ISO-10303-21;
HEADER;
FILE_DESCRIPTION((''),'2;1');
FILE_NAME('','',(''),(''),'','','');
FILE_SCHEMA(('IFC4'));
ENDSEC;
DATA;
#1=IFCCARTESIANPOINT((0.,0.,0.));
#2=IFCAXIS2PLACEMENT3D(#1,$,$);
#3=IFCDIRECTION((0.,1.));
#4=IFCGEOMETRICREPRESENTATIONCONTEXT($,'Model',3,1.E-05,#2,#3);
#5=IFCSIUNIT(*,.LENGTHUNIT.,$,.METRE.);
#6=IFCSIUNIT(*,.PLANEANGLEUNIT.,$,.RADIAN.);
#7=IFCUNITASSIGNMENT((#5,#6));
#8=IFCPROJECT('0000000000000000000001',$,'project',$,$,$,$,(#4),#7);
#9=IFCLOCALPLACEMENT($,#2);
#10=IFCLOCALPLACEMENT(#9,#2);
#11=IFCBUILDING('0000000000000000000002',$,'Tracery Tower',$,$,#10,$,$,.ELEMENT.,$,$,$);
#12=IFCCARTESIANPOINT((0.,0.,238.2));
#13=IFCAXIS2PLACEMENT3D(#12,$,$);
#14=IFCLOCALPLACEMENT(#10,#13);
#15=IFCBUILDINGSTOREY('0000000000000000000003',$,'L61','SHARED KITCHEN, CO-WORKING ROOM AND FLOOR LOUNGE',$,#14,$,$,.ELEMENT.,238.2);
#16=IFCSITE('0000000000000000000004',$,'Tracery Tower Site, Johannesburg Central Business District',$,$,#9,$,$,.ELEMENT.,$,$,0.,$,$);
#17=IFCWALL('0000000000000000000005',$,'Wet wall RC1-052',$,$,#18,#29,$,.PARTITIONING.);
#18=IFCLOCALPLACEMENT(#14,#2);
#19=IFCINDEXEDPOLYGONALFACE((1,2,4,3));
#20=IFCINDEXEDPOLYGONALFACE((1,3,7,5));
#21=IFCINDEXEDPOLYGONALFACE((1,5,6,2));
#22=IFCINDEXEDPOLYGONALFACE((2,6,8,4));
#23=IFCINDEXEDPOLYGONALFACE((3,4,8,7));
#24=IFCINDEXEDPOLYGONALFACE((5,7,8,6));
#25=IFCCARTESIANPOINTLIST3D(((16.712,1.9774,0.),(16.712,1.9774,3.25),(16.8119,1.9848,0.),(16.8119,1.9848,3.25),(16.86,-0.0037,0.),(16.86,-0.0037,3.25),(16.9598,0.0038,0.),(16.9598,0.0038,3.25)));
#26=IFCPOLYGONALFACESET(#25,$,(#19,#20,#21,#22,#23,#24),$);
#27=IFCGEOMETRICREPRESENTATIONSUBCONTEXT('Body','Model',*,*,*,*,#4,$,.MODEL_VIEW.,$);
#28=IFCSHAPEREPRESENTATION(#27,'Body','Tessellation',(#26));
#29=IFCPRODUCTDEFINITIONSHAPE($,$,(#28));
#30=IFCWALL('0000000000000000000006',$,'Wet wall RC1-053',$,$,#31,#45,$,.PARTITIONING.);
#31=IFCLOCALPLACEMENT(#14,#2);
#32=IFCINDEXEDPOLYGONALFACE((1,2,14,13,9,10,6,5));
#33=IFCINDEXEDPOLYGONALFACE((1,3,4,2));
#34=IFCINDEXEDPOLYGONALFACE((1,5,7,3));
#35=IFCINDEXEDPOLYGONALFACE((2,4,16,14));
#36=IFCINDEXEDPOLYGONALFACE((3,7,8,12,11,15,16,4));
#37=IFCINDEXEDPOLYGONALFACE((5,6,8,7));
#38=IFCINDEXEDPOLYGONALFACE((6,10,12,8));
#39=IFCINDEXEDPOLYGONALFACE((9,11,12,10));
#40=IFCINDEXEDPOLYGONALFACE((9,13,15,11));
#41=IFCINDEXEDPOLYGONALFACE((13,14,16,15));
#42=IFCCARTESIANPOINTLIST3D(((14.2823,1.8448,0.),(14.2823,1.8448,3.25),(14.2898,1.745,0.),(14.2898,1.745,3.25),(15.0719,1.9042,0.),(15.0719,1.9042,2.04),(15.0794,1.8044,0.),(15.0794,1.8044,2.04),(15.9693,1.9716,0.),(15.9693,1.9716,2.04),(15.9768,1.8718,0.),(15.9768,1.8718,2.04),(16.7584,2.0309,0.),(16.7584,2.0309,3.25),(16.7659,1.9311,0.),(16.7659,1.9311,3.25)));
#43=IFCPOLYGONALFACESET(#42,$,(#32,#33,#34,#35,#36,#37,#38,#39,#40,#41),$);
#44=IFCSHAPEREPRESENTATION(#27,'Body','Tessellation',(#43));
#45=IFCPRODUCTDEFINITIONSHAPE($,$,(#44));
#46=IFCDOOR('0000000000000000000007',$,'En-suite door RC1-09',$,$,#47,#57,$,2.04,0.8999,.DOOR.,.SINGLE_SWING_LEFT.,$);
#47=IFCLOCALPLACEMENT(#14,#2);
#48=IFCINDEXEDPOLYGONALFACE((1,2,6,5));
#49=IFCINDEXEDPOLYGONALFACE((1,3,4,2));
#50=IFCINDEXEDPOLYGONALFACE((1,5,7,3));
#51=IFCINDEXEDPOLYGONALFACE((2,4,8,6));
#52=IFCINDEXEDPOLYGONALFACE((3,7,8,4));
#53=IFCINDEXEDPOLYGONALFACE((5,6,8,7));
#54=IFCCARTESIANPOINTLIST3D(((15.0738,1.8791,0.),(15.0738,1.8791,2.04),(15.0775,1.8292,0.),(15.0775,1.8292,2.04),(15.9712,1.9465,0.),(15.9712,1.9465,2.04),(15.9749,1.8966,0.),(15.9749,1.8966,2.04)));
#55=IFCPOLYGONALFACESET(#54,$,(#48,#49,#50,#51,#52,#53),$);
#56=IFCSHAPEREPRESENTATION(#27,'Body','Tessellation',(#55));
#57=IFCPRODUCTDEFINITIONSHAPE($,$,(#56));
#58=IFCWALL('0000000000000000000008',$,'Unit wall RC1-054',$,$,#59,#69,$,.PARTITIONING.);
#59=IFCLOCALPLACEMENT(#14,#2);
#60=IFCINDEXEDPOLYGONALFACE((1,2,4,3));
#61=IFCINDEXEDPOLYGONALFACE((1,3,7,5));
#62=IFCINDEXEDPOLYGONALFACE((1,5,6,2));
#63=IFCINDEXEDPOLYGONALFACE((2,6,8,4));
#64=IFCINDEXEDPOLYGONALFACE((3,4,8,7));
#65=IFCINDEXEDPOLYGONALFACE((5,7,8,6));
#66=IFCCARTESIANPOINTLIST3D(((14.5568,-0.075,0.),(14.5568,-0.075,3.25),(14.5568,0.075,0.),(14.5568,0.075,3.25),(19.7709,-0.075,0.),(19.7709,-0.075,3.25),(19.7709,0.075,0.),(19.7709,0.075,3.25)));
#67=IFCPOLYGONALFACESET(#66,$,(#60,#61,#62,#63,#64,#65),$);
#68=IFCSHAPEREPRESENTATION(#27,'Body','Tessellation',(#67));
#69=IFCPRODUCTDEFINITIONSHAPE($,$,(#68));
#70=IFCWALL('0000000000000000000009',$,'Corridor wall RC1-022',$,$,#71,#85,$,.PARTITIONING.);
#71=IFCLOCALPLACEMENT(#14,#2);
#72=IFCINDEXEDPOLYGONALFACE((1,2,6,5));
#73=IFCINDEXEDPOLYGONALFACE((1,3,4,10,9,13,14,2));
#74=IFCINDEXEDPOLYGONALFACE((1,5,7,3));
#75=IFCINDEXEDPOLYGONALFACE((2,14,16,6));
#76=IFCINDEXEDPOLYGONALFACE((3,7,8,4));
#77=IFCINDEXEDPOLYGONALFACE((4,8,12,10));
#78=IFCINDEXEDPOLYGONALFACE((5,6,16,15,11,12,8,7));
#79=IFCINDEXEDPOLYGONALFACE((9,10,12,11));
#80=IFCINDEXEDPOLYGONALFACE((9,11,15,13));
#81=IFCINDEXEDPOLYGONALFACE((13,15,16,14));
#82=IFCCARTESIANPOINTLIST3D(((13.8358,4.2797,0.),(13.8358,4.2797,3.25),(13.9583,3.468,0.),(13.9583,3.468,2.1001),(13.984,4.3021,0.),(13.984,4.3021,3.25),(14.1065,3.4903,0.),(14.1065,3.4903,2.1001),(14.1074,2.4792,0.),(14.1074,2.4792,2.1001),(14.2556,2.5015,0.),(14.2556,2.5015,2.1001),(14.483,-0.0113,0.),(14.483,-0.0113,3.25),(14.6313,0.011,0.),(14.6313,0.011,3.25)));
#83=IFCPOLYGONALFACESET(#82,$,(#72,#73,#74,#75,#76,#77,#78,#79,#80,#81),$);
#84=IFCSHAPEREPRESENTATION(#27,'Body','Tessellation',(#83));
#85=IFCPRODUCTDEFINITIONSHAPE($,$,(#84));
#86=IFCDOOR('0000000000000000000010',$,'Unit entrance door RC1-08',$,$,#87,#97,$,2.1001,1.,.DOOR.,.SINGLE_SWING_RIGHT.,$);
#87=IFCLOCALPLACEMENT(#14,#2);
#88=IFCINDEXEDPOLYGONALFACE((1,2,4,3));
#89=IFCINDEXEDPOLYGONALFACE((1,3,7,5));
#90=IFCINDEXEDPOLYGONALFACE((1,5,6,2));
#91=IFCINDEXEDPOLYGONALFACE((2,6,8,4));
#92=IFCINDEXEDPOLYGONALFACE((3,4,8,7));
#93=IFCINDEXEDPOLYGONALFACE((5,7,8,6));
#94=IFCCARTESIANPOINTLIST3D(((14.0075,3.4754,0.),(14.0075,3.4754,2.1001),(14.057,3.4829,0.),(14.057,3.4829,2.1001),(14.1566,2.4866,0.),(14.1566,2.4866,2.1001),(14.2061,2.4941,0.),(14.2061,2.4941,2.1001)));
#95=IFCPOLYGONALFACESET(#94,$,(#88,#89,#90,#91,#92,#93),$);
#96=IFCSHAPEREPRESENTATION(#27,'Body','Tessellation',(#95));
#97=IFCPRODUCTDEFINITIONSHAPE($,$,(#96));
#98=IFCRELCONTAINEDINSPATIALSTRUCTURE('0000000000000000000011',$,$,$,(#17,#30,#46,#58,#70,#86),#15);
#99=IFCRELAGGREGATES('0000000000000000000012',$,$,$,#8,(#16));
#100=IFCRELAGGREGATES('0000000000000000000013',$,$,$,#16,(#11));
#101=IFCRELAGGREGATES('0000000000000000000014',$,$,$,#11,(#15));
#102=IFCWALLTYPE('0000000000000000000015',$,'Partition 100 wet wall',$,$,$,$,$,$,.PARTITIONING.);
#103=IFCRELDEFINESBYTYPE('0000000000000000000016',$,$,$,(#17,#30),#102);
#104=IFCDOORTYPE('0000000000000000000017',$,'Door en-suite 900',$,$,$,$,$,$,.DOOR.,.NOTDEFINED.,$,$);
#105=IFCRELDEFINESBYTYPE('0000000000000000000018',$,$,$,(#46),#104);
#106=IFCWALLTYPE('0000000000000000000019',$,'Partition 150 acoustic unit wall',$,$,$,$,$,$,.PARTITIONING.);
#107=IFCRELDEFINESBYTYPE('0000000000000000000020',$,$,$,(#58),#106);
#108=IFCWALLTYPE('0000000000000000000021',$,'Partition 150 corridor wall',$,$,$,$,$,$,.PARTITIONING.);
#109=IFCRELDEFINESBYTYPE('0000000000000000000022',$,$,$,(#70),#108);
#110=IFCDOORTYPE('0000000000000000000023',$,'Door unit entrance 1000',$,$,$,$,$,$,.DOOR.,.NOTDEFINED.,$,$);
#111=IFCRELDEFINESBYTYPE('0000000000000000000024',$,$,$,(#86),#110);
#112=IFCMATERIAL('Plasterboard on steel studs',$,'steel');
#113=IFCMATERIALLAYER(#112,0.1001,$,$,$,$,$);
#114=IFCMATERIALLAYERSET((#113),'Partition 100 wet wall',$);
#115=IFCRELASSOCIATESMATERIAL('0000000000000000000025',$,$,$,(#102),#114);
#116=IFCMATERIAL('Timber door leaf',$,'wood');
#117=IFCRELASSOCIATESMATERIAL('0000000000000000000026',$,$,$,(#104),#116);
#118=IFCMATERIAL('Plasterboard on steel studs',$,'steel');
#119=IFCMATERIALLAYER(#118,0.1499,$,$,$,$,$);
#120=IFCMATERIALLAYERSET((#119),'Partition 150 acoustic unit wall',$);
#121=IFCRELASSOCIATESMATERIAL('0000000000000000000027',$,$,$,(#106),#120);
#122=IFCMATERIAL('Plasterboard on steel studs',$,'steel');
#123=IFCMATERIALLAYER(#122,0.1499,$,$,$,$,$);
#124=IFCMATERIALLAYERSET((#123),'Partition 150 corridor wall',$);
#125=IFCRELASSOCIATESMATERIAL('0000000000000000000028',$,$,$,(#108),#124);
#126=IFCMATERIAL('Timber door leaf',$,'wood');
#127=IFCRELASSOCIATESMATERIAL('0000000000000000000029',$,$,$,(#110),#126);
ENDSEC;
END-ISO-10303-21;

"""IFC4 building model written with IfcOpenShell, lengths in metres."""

from ifc_helpers import new_model, si_unit, direction, frame, frame_2d, origin, place, context, subcontext, project, spatial, rectangle, extrude, material, layer, layer_set, type_object, element, fill, save


model = new_model("IFC4")

# Units and contexts
model_context = context("Model", 3, precision=1e-05, world=origin(), true_north=direction((0.0, 1.0)))
body_context = subcontext(model_context, "Body", "Model", "MODEL_VIEW")
ifc_project = project(units=[si_unit("LENGTHUNIT", "METRE"), si_unit("PLANEANGLEUNIT", "RADIAN")], contexts=[model_context])

# Site, building, storey
site_placement = place(None, origin())
site = spatial("IfcSite", under=ifc_project, at=site_placement, Name="Tracery Tower Site, Johannesburg Central Business District", CompositionType="ELEMENT", RefElevation=0.0)
building_placement = place(site_placement, origin())
building = spatial("IfcBuilding", under=site, at=building_placement, Name="Tracery Tower", CompositionType="ELEMENT")
storey_placement = place(building_placement, frame((0.0, 0.0, 238.2)))
storey = spatial("IfcBuildingStorey", under=building, at=storey_placement, Name="L61", Description="SHARED KITCHEN, CO-WORKING ROOM AND FLOOR LOUNGE", CompositionType="ELEMENT", Elevation=238.2)

# Shared definitions
ifc_material_1 = material(Name="Plasterboard on steel studs", Category="steel")
ifc_layer_1 = layer(ifc_material_1, 0.1001)
ifc_layer_set_1 = layer_set([ifc_layer_1], Name="Partition 100 wet wall")
wall_type_1 = type_object("IfcWallType", Name="Partition 100 wet wall", PredefinedType="PARTITIONING", material=ifc_layer_set_1)

# Wall
wall_1_placement = place(storey_placement, frame((16.762, 1.981, 0.0), z_axis=(0.0, 0.0, 1.0), x_axis=(0.074478, -0.997223, 0.0)))
element("IfcWall", 1, at=wall_1_placement, inside=storey, type_object=wall_type_1, Name="Wet wall RC1-052", PredefinedType="PARTITIONING", context=body_context, shape_type="SweptSolid", body=[
    extrude(rectangle(XDim=1.9866, YDim=0.1001, at=frame_2d((0.9932, 0.0))), origin(), (0.0, 0.0, 1.0), 3.25),
])

# Wall, opening, door
wall_2_placement = place(storey_placement, frame((14.2859, 1.7949, 0.0), z_axis=(0.0, 0.0, 1.0), x_axis=(0.997189, 0.074922, 0.0)))
wall_2 = element("IfcWall", 2, at=wall_2_placement, inside=storey, type_object=wall_type_1, Name="Wet wall RC1-053", PredefinedType="PARTITIONING", context=body_context, shape_type="SweptSolid", body=[
    extrude(rectangle(XDim=2.4832, YDim=0.1001, at=frame_2d((1.2417, 0.0))), origin(), (0.0, 0.0, 1.0), 3.25),
])
opening_1_placement = place(wall_2_placement, frame((0.792, 0.0, 0.0)))
opening_1 = element("IfcOpeningElement", 3, at=opening_1_placement, cuts=wall_2, PredefinedType="OPENING", context=body_context, shape_type="SweptSolid", body=[
    extrude(rectangle(XDim=0.8999, YDim=2.04, at=frame_2d((0.45, 1.02))), frame((0.0, 0.05, 0.0), z_axis=(0.0, -1.0, 0.0), x_axis=(1.0, 0.0, 0.0)), (0.0, 0.0, 1.0), 0.1001),
])
ifc_material_2 = material(Name="Timber door leaf", Category="wood")
door_type_1 = type_object("IfcDoorType", Name="Door en-suite 900", OperationType="NOTDEFINED", PredefinedType="DOOR", material=ifc_material_2)
door_1_placement = place(opening_1_placement, origin())
door_1 = element("IfcDoor", 4, at=door_1_placement, inside=storey, type_object=door_type_1, Name="En-suite door RC1-09", OperationType="SINGLE_SWING_LEFT", OverallHeight=2.04, OverallWidth=0.8999, PredefinedType="DOOR", context=body_context, shape_type="SweptSolid", body=[
    extrude(rectangle(XDim=0.8999, YDim=2.04, at=frame_2d((0.45, 1.02))), frame((0.0, 0.0249, 0.0), z_axis=(0.0, -1.0, 0.0), x_axis=(1.0, 0.0, 0.0)), (0.0, 0.0, 1.0), 0.05),
])
fill(opening_1, door_1)

# Wall
ifc_material_3 = material(Name="Plasterboard on steel studs", Category="steel")
ifc_layer_2 = layer(ifc_material_3, 0.1499)
ifc_layer_set_2 = layer_set([ifc_layer_2], Name="Partition 150 acoustic unit wall")
wall_type_2 = type_object("IfcWallType", Name="Partition 150 acoustic unit wall", PredefinedType="PARTITIONING", material=ifc_layer_set_2)
wall_3_placement = place(storey_placement, frame((14.5569, 0.0, 0.0), z_axis=(0.0, 0.0, 1.0), x_axis=(1.0, 0.0, 0.0)))
element("IfcWall", 5, at=wall_3_placement, inside=storey, type_object=wall_type_2, Name="Unit wall RC1-054", PredefinedType="PARTITIONING", context=body_context, shape_type="SweptSolid", body=[
    extrude(rectangle(XDim=5.2141, YDim=0.1499, at=frame_2d((2.6069, 0.0))), origin(), (0.0, 0.0, 1.0), 3.25),
])

# Wall, opening, door
ifc_material_4 = material(Name="Plasterboard on steel studs", Category="steel")
ifc_layer_3 = layer(ifc_material_4, 0.1499)
ifc_layer_set_3 = layer_set([ifc_layer_3], Name="Partition 150 corridor wall")
wall_type_3 = type_object("IfcWallType", Name="Partition 150 corridor wall", PredefinedType="PARTITIONING", material=ifc_layer_set_3)
wall_4_placement = place(storey_placement, frame((13.9099, 4.291, 0.0), z_axis=(0.0, 0.0, 1.0), x_axis=(0.149144, -0.988816, 0.0)))
wall_4 = element("IfcWall", 6, at=wall_4_placement, inside=storey, type_object=wall_type_3, Name="Corridor wall RC1-022", PredefinedType="PARTITIONING", context=body_context, shape_type="SweptSolid", body=[
    extrude(rectangle(XDim=4.3396, YDim=0.1499, at=frame_2d((2.1699, 0.0))), origin(), (0.0, 0.0, 1.0), 3.25),
])
opening_2_placement = place(wall_4_placement, frame((0.821, 0.0, 0.0)))
opening_2 = element("IfcOpeningElement", 7, at=opening_2_placement, cuts=wall_4, PredefinedType="OPENING", context=body_context, shape_type="SweptSolid", body=[
    extrude(rectangle(XDim=1.0, YDim=2.1001, at=frame_2d((0.5, 1.05))), frame((0.0, 0.075, 0.0), z_axis=(0.0, -1.0, 0.0), x_axis=(1.0, 0.0, 0.0)), (0.0, 0.0, 1.0), 0.1499),
])
ifc_material_5 = material(Name="Timber door leaf", Category="wood")
door_type_2 = type_object("IfcDoorType", Name="Door unit entrance 1000", OperationType="NOTDEFINED", PredefinedType="DOOR", material=ifc_material_5)
door_2_placement = place(opening_2_placement, origin())
door_2 = element("IfcDoor", 8, at=door_2_placement, inside=storey, type_object=door_type_2, Name="Unit entrance door RC1-08", OperationType="SINGLE_SWING_RIGHT", OverallHeight=2.1001, OverallWidth=1.0, PredefinedType="DOOR", context=body_context, shape_type="SweptSolid", body=[
    extrude(rectangle(XDim=1.0, YDim=2.1001, at=frame_2d((0.5, 1.05))), frame((0.0, 0.0249, 0.0), z_axis=(0.0, -1.0, 0.0), x_axis=(1.0, 0.0, 0.0)), (0.0, 0.0, 1.0), 0.05),
])
fill(opening_2, door_2)

save(model, "model.ifc")
